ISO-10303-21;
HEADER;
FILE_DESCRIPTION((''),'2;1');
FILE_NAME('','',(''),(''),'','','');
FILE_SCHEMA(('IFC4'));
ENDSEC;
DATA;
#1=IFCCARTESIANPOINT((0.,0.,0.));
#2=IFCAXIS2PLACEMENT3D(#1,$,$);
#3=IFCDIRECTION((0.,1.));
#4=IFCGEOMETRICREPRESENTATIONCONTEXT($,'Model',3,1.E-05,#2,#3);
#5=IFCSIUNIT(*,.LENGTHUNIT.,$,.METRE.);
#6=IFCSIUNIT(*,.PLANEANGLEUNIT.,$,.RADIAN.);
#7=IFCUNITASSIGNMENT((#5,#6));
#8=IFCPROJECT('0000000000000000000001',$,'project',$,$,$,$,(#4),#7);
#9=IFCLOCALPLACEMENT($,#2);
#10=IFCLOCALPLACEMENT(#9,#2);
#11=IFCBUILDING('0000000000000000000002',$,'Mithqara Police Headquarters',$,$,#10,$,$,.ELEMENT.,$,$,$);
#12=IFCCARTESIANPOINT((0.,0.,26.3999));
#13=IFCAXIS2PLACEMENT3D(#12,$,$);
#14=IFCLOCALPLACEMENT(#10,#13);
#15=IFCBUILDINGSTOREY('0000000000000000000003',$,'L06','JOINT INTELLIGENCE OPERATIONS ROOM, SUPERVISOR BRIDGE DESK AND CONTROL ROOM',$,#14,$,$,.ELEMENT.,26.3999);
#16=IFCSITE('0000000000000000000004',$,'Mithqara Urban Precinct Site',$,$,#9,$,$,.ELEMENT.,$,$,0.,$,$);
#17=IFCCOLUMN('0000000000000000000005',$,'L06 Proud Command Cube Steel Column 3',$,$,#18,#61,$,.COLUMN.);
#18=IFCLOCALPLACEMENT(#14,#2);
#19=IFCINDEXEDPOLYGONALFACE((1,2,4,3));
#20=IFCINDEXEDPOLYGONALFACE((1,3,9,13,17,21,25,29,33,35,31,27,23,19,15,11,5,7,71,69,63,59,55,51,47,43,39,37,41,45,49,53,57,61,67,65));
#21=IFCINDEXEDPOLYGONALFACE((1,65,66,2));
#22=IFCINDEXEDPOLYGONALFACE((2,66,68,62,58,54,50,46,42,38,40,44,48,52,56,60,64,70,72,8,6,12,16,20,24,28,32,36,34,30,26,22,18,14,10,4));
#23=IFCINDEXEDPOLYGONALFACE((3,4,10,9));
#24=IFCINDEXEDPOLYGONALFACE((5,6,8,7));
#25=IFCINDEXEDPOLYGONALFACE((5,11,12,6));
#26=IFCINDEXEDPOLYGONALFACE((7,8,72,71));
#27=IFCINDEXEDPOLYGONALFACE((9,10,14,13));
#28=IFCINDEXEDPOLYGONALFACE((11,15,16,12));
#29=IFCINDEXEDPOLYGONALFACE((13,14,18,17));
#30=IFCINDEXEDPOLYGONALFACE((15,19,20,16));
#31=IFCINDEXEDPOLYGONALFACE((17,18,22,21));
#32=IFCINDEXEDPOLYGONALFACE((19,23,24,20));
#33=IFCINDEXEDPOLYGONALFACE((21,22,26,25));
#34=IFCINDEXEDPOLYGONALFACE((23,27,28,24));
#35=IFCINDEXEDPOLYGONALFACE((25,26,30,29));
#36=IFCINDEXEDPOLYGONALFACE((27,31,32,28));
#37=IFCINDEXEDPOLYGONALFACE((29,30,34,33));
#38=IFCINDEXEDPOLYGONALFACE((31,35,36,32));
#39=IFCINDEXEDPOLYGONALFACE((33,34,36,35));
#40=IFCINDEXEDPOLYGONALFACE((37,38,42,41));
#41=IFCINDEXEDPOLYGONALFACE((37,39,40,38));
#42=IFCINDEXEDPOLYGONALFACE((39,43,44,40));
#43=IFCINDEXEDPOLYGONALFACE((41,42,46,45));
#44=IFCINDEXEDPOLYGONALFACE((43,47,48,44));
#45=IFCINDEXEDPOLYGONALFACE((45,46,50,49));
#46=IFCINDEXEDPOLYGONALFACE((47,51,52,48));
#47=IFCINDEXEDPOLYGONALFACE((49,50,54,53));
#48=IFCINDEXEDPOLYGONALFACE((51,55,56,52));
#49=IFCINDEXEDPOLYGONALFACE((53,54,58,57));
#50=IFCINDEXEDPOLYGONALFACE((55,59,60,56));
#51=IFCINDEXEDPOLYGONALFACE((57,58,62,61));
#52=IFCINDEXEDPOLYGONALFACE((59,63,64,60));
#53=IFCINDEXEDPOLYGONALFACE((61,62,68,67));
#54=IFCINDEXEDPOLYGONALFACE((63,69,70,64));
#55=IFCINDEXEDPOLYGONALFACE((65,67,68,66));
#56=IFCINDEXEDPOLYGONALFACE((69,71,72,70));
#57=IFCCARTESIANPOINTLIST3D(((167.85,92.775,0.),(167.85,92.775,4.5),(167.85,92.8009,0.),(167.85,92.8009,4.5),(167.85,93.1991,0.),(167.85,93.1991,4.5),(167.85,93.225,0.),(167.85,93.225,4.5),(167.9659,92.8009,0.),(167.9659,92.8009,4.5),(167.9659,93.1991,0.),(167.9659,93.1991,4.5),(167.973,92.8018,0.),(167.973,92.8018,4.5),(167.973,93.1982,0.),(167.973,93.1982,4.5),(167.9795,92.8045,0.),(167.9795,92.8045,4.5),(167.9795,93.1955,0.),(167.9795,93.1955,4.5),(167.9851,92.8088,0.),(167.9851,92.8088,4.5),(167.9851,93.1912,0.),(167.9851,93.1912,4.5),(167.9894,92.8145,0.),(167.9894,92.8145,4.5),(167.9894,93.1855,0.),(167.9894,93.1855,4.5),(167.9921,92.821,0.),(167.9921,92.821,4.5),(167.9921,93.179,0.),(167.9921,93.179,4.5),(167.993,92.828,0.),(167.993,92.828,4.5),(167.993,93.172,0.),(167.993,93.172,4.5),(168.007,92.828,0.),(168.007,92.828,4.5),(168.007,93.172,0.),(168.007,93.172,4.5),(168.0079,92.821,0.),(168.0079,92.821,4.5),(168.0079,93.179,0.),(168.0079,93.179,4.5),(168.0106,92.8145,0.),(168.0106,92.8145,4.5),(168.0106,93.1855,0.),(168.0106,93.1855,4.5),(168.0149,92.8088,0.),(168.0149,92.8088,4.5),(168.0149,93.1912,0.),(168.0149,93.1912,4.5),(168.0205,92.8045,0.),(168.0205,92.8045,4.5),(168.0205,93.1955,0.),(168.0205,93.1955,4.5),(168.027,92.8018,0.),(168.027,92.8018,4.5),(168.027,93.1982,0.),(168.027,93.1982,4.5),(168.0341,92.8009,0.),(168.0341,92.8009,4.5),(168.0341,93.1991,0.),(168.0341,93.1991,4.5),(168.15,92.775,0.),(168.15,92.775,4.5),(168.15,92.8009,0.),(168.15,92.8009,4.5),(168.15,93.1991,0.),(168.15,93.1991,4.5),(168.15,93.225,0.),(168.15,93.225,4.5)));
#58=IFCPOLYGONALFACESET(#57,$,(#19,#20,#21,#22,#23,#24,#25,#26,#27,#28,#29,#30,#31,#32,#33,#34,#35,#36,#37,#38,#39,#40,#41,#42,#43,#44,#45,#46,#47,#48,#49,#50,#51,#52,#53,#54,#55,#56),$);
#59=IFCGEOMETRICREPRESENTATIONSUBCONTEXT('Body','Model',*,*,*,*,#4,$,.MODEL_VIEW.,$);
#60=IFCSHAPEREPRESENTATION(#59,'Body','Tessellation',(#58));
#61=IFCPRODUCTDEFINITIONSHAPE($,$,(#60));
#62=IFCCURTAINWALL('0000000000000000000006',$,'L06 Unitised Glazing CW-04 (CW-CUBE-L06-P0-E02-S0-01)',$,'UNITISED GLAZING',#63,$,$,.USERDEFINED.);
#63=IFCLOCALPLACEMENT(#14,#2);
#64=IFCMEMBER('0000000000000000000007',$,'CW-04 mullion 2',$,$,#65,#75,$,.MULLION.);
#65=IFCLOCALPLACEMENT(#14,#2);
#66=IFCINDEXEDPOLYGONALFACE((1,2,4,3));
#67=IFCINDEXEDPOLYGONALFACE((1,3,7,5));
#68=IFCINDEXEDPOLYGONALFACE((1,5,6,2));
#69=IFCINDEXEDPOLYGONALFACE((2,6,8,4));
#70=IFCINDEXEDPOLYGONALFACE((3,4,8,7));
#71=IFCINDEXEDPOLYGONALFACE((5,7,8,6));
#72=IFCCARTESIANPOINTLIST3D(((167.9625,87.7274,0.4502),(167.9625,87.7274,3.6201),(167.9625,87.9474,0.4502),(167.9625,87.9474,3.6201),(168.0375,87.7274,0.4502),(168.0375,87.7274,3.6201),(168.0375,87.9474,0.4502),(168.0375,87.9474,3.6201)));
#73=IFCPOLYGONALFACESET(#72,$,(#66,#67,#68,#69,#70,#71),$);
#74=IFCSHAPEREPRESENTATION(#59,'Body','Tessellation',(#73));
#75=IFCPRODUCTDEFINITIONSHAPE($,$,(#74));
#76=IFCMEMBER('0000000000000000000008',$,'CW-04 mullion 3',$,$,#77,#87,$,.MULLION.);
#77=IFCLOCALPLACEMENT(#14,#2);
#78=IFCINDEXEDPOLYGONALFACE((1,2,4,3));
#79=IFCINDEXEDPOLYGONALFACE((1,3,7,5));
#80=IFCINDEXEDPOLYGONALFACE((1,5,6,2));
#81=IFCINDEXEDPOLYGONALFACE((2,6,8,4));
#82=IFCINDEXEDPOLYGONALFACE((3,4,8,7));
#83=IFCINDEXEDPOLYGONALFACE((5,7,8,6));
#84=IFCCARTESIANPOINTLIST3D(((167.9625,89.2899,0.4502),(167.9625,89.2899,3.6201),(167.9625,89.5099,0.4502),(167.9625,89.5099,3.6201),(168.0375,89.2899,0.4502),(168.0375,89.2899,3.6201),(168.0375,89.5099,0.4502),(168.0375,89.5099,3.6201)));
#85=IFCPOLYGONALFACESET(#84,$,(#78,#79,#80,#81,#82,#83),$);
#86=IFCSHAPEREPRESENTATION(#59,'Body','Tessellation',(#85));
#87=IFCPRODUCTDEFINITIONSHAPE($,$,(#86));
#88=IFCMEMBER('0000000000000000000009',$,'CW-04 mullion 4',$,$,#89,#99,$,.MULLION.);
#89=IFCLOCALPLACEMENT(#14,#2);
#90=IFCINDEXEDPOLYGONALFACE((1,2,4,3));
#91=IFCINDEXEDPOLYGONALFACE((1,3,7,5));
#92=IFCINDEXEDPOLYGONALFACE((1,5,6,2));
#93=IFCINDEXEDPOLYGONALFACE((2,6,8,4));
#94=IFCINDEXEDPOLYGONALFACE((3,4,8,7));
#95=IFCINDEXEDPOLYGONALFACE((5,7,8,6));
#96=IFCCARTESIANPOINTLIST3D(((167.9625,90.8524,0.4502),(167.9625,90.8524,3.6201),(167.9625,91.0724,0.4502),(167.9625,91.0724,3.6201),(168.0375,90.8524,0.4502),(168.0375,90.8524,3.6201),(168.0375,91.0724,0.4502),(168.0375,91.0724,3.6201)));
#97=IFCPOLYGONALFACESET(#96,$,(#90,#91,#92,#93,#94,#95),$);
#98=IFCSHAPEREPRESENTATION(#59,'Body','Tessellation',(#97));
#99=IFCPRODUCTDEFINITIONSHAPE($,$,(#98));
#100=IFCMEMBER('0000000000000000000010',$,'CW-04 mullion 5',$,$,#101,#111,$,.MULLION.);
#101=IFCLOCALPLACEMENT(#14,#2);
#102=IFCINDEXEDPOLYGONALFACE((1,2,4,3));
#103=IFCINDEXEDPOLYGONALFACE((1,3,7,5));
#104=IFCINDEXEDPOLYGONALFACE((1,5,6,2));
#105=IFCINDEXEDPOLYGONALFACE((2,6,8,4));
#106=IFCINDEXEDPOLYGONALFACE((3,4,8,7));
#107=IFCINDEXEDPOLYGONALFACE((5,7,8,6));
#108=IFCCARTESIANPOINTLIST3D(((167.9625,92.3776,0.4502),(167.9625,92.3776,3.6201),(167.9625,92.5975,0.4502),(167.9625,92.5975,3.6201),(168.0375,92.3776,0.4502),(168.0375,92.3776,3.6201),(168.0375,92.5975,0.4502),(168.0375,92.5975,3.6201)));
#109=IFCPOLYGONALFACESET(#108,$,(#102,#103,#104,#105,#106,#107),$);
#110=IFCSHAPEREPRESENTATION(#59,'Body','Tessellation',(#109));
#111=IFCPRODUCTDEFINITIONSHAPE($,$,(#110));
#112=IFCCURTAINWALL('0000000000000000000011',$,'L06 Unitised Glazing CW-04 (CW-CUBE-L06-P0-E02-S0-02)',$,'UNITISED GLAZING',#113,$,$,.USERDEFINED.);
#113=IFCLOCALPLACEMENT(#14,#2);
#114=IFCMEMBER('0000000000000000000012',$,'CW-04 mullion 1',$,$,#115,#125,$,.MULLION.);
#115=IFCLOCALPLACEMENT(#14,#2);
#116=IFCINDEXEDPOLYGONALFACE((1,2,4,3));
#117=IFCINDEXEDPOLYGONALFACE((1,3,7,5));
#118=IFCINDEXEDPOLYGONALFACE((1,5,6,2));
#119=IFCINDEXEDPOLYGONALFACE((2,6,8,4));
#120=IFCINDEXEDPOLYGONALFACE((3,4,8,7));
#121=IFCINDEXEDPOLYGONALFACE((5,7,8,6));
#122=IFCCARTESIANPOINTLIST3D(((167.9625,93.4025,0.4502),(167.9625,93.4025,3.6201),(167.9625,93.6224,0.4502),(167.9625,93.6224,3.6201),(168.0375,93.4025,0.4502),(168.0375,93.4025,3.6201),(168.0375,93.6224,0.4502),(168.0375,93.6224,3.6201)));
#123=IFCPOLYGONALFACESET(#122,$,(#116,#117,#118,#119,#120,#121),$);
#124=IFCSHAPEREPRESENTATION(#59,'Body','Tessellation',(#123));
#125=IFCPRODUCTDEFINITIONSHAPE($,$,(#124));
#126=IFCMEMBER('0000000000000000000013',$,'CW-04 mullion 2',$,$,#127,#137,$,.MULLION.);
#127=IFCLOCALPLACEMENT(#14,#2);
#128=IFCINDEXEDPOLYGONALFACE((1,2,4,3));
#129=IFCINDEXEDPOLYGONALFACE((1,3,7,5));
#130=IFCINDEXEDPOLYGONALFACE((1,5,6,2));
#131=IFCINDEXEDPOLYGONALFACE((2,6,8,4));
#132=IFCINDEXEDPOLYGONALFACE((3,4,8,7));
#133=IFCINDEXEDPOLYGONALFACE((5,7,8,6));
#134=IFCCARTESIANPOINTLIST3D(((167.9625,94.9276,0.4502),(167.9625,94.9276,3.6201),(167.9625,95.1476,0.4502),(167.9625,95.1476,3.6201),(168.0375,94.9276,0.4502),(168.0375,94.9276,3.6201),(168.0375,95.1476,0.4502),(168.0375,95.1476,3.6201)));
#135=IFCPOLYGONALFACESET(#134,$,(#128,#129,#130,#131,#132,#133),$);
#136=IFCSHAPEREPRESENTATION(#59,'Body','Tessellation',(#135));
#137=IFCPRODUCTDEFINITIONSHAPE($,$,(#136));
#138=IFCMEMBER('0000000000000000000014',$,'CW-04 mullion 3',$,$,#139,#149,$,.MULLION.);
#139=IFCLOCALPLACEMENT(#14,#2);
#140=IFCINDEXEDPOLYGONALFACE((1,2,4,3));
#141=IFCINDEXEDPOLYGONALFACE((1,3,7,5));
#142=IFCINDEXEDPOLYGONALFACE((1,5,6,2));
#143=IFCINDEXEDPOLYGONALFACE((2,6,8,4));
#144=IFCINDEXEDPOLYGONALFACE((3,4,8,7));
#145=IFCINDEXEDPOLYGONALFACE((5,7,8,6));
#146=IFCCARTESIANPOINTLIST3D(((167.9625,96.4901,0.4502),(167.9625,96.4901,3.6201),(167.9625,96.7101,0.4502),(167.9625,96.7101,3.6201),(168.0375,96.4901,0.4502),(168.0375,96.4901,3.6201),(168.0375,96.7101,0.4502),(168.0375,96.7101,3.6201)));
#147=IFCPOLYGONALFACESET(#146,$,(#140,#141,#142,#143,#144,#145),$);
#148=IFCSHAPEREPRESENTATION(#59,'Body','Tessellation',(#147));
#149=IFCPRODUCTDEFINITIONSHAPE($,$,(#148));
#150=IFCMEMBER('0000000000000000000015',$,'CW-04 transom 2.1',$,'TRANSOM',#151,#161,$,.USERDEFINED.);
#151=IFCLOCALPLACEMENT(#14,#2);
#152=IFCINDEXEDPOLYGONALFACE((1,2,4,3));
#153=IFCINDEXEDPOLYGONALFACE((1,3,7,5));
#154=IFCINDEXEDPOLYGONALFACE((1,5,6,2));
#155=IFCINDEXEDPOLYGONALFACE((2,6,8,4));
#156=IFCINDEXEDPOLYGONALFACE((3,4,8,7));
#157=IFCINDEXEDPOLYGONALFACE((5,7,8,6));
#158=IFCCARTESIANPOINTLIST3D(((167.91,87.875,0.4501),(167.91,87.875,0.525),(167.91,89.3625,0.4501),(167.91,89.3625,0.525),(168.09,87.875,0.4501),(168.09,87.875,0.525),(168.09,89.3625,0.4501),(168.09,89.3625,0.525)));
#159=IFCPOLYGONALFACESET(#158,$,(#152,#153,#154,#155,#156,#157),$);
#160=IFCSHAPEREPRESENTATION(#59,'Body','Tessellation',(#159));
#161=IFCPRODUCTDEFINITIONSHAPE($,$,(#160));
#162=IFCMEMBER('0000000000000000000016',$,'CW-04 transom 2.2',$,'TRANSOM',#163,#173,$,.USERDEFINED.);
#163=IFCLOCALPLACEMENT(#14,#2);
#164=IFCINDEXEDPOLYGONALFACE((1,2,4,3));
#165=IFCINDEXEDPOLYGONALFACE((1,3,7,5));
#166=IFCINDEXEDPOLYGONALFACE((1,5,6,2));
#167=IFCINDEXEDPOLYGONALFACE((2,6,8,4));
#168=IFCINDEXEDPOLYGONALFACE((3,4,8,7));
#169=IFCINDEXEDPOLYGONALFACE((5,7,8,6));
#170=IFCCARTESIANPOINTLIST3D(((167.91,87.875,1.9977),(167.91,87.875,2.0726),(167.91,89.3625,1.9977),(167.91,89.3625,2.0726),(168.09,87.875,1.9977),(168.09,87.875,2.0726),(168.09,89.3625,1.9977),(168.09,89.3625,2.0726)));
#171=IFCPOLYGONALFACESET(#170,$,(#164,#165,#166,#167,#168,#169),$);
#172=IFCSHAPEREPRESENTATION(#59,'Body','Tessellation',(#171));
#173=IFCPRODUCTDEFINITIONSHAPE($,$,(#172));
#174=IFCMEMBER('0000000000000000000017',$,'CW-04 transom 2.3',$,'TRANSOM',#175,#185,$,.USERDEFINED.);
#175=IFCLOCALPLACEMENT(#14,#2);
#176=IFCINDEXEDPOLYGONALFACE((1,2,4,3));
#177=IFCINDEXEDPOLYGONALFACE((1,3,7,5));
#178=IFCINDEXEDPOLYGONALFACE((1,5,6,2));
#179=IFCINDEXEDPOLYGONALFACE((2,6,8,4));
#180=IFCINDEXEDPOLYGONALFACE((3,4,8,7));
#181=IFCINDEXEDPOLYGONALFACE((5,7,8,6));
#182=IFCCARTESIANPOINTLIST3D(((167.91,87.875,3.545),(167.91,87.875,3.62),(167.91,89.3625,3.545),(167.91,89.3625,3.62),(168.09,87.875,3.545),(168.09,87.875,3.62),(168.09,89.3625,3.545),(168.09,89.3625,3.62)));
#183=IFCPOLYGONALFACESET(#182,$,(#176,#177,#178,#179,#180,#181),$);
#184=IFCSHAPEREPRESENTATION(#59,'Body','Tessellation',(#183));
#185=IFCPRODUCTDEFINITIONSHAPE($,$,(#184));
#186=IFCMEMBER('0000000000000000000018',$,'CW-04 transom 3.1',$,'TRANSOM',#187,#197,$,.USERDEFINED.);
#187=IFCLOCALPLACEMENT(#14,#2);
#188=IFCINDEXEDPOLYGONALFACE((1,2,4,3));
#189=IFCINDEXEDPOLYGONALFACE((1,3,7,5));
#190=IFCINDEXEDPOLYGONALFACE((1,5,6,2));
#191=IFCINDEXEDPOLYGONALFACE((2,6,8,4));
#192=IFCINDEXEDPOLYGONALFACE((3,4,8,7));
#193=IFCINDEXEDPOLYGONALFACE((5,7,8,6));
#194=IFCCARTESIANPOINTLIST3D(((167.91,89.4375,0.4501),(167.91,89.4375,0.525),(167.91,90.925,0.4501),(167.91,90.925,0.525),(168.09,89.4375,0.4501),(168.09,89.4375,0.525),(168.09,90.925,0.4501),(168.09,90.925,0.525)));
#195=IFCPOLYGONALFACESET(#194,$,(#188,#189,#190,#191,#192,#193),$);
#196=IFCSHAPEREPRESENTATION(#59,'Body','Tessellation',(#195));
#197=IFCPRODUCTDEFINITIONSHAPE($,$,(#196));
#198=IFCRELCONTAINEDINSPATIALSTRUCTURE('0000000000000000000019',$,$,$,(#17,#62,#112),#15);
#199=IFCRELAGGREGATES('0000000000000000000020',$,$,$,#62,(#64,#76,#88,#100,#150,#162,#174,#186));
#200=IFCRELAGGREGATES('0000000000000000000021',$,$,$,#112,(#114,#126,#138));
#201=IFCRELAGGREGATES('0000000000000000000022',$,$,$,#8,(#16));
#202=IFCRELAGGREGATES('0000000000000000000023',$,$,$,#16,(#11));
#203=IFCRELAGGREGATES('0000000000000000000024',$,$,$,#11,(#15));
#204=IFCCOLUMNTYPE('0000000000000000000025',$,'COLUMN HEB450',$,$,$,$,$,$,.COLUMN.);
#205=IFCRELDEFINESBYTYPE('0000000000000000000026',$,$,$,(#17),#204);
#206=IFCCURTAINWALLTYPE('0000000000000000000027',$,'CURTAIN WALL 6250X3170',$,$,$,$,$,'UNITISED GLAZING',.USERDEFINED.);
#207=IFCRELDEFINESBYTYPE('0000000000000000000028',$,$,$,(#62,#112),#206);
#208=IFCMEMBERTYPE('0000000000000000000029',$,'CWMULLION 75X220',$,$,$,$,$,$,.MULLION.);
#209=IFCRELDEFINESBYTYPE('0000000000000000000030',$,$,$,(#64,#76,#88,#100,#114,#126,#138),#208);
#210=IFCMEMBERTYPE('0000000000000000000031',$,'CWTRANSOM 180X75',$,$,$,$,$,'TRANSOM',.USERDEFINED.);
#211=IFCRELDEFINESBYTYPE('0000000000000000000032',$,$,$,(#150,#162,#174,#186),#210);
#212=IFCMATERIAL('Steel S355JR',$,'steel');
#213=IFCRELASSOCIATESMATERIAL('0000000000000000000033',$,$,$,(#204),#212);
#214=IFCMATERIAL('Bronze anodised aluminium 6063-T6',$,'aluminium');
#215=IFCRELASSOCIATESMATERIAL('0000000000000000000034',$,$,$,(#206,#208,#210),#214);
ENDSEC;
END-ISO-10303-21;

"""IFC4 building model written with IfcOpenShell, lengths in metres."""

from ifc_helpers import new_model, si_unit, direction, frame, origin, origin_2d, place, context, subcontext, project, spatial, rectangle, i_section, extrude, material, material_profile, profile_set, type_object, element, aggregate, save


model = new_model("IFC4")

# Units and contexts
model_context = context("Model", 3, precision=1e-05, world=origin(), true_north=direction((0.0, 1.0)))
body_context = subcontext(model_context, "Body", "Model", "MODEL_VIEW")
ifc_project = project(units=[si_unit("LENGTHUNIT", "METRE"), si_unit("PLANEANGLEUNIT", "RADIAN")], contexts=[model_context])

# Site, building, storey
site_placement = place(None, origin())
site = spatial("IfcSite", under=ifc_project, at=site_placement, Name="Mithqara Urban Precinct Site", CompositionType="ELEMENT", RefElevation=0.0)
building_placement = place(site_placement, origin())
building = spatial("IfcBuilding", under=site, at=building_placement, Name="Mithqara Police Headquarters", CompositionType="ELEMENT")
storey_placement = place(building_placement, frame((0.0, 0.0, 26.3999)))
storey = spatial("IfcBuildingStorey", under=building, at=storey_placement, Name="L06", Description="JOINT INTELLIGENCE OPERATIONS ROOM, SUPERVISOR BRIDGE DESK AND CONTROL ROOM", CompositionType="ELEMENT", Elevation=26.3999)

# Column
ifc_material_1 = material(Name="Steel S355JR", Category="steel")
ifc_material_profile_1 = material_profile(ifc_material_1, i_section(OverallWidth=0.3, OverallDepth=0.45, WebThickness=0.0139, FlangeThickness=0.0259, FilletRadius=0.0271, at=origin_2d()), Name="HEB 450")
ifc_profile_set_1 = profile_set([ifc_material_profile_1], Name="Steel S355JR")
column_type = type_object("IfcColumnType", Name="COLUMN HEB450", PredefinedType="COLUMN", material=ifc_profile_set_1)
column_placement = place(storey_placement, frame((168.0, 93.0, 0.0), z_axis=(0.0, 0.0, 1.0), x_axis=(1.0, 0.0, 0.0)))
element("IfcColumn", 1, at=column_placement, inside=storey, type_object=column_type, Name="L06 Proud Command Cube Steel Column 3", PredefinedType="COLUMN", context=body_context, shape_type="SweptSolid", body=[
    extrude(i_section(OverallWidth=0.3, OverallDepth=0.45, WebThickness=0.0139, FlangeThickness=0.0259, FilletRadius=0.0271, at=origin_2d()), origin(), (0.0, 0.0, 1.0), 4.5),
])

# Curtain walls, members
ifc_material_2 = material(Name="Bronze anodised aluminium 6063-T6", Category="aluminium")
curtain_wall_type = type_object("IfcCurtainWallType", Name="CURTAIN WALL 6250X3170", ElementType="UNITISED GLAZING", PredefinedType="USERDEFINED", material=ifc_material_2)
curtain_wall_1_placement = place(storey_placement, origin())
curtain_wall_1 = element("IfcCurtainWall", 2, at=curtain_wall_1_placement, inside=storey, type_object=curtain_wall_type, Name="L06 Unitised Glazing CW-04 (CW-CUBE-L06-P0-E02-S0-01)", ObjectType="UNITISED GLAZING", PredefinedType="USERDEFINED")
ifc_material_profile_2 = material_profile(ifc_material_2, rectangle(XDim=0.075, YDim=0.22, at=origin_2d()), Name="CWM 75x220")
ifc_profile_set_2 = profile_set([ifc_material_profile_2], Name="Bronze anodised aluminium 6063-T6")
member_type_1 = type_object("IfcMemberType", Name="CWMULLION 75X220", PredefinedType="MULLION", material=ifc_profile_set_2)
member_1_placement = place(storey_placement, frame((168.0, 87.8374, 0.4502), z_axis=(0.0, 0.0, 1.0), x_axis=(-1.0, 0.0, 0.0)))
member_1 = element("IfcMember", 3, at=member_1_placement, type_object=member_type_1, Name="CW-04 mullion 2", PredefinedType="MULLION", context=body_context, shape_type="SweptSolid", body=[
    extrude(rectangle(XDim=0.075, YDim=0.22, at=origin_2d()), origin(), (0.0, 0.0, 1.0), 3.1699),
])
member_2_placement = place(storey_placement, frame((168.0, 89.3999, 0.4502), z_axis=(0.0, 0.0, 1.0), x_axis=(-1.0, 0.0, 0.0)))
member_2 = element("IfcMember", 4, at=member_2_placement, type_object=member_type_1, Name="CW-04 mullion 3", PredefinedType="MULLION", context=body_context, shape_type="SweptSolid", body=[
    extrude(rectangle(XDim=0.075, YDim=0.22, at=origin_2d()), origin(), (0.0, 0.0, 1.0), 3.1699),
])
member_3_placement = place(storey_placement, frame((168.0, 90.9624, 0.4502), z_axis=(0.0, 0.0, 1.0), x_axis=(-1.0, 0.0, 0.0)))
member_3 = element("IfcMember", 5, at=member_3_placement, type_object=member_type_1, Name="CW-04 mullion 4", PredefinedType="MULLION", context=body_context, shape_type="SweptSolid", body=[
    extrude(rectangle(XDim=0.075, YDim=0.22, at=origin_2d()), origin(), (0.0, 0.0, 1.0), 3.1699),
])
member_4_placement = place(storey_placement, frame((168.0, 92.4875, 0.4502), z_axis=(0.0, 0.0, 1.0), x_axis=(-1.0, 0.0, 0.0)))
member_4 = element("IfcMember", 6, at=member_4_placement, type_object=member_type_1, Name="CW-04 mullion 5", PredefinedType="MULLION", context=body_context, shape_type="SweptSolid", body=[
    extrude(rectangle(XDim=0.075, YDim=0.22, at=origin_2d()), origin(), (0.0, 0.0, 1.0), 3.1699),
])
curtain_wall_2_placement = place(storey_placement, origin())
curtain_wall_2 = element("IfcCurtainWall", 7, at=curtain_wall_2_placement, inside=storey, type_object=curtain_wall_type, Name="L06 Unitised Glazing CW-04 (CW-CUBE-L06-P0-E02-S0-02)", ObjectType="UNITISED GLAZING", PredefinedType="USERDEFINED")
member_5_placement = place(storey_placement, frame((168.0, 93.5125, 0.4502), z_axis=(0.0, 0.0, 1.0), x_axis=(-1.0, 0.0, 0.0)))
member_5 = element("IfcMember", 8, at=member_5_placement, type_object=member_type_1, Name="CW-04 mullion 1", PredefinedType="MULLION", context=body_context, shape_type="SweptSolid", body=[
    extrude(rectangle(XDim=0.075, YDim=0.22, at=origin_2d()), origin(), (0.0, 0.0, 1.0), 3.1699),
])
member_6_placement = place(storey_placement, frame((168.0, 95.0376, 0.4502), z_axis=(0.0, 0.0, 1.0), x_axis=(-1.0, 0.0, 0.0)))
member_6 = element("IfcMember", 9, at=member_6_placement, type_object=member_type_1, Name="CW-04 mullion 2", PredefinedType="MULLION", context=body_context, shape_type="SweptSolid", body=[
    extrude(rectangle(XDim=0.075, YDim=0.22, at=origin_2d()), origin(), (0.0, 0.0, 1.0), 3.1699),
])
member_7_placement = place(storey_placement, frame((168.0, 96.6001, 0.4502), z_axis=(0.0, 0.0, 1.0), x_axis=(-1.0, 0.0, 0.0)))
member_7 = element("IfcMember", 10, at=member_7_placement, type_object=member_type_1, Name="CW-04 mullion 3", PredefinedType="MULLION", context=body_context, shape_type="SweptSolid", body=[
    extrude(rectangle(XDim=0.075, YDim=0.22, at=origin_2d()), origin(), (0.0, 0.0, 1.0), 3.1699),
])

# Members
ifc_material_profile_3 = material_profile(ifc_material_2, rectangle(XDim=0.1799, YDim=0.075, at=origin_2d()), Name="CWT 180x75")
ifc_profile_set_3 = profile_set([ifc_material_profile_3], Name="Bronze anodised aluminium 6063-T6")
member_type_2 = type_object("IfcMemberType", Name="CWTRANSOM 180X75", ElementType="TRANSOM", PredefinedType="USERDEFINED", material=ifc_profile_set_3)
member_8_placement = place(storey_placement, frame((168.0, 87.875, 0.4875), z_axis=(0.0, 1.0, 0.0), x_axis=(-1.0, 0.0, 0.0)))
member_8 = element("IfcMember", 11, at=member_8_placement, type_object=member_type_2, Name="CW-04 transom 2.1", ObjectType="TRANSOM", PredefinedType="USERDEFINED", context=body_context, shape_type="SweptSolid", body=[
    extrude(rectangle(XDim=0.1799, YDim=0.075, at=origin_2d()), origin(), (0.0, 0.0, 1.0), 1.4875),
])
member_9_placement = place(storey_placement, frame((168.0, 87.875, 2.0352), z_axis=(0.0, 1.0, 0.0), x_axis=(-1.0, 0.0, 0.0)))
member_9 = element("IfcMember", 12, at=member_9_placement, type_object=member_type_2, Name="CW-04 transom 2.2", ObjectType="TRANSOM", PredefinedType="USERDEFINED", context=body_context, shape_type="SweptSolid", body=[
    extrude(rectangle(XDim=0.1799, YDim=0.075, at=origin_2d()), origin(), (0.0, 0.0, 1.0), 1.4875),
])
member_10_placement = place(storey_placement, frame((168.0, 87.875, 3.5825), z_axis=(0.0, 1.0, 0.0), x_axis=(-1.0, 0.0, 0.0)))
member_10 = element("IfcMember", 13, at=member_10_placement, type_object=member_type_2, Name="CW-04 transom 2.3", ObjectType="TRANSOM", PredefinedType="USERDEFINED", context=body_context, shape_type="SweptSolid", body=[
    extrude(rectangle(XDim=0.1799, YDim=0.075, at=origin_2d()), origin(), (0.0, 0.0, 1.0), 1.4875),
])
member_11_placement = place(storey_placement, frame((168.0, 89.4375, 0.4875), z_axis=(0.0, 1.0, 0.0), x_axis=(-1.0, 0.0, 0.0)))
member_11 = element("IfcMember", 14, at=member_11_placement, type_object=member_type_2, Name="CW-04 transom 3.1", ObjectType="TRANSOM", PredefinedType="USERDEFINED", context=body_context, shape_type="SweptSolid", body=[
    extrude(rectangle(XDim=0.1799, YDim=0.075, at=origin_2d()), origin(), (0.0, 0.0, 1.0), 1.4875),
])

aggregate(curtain_wall_1, [member_1, member_2, member_3, member_4, member_8, member_9, member_10, member_11])
aggregate(curtain_wall_2, [member_5, member_6, member_7])

save(model, "model.ifc")
